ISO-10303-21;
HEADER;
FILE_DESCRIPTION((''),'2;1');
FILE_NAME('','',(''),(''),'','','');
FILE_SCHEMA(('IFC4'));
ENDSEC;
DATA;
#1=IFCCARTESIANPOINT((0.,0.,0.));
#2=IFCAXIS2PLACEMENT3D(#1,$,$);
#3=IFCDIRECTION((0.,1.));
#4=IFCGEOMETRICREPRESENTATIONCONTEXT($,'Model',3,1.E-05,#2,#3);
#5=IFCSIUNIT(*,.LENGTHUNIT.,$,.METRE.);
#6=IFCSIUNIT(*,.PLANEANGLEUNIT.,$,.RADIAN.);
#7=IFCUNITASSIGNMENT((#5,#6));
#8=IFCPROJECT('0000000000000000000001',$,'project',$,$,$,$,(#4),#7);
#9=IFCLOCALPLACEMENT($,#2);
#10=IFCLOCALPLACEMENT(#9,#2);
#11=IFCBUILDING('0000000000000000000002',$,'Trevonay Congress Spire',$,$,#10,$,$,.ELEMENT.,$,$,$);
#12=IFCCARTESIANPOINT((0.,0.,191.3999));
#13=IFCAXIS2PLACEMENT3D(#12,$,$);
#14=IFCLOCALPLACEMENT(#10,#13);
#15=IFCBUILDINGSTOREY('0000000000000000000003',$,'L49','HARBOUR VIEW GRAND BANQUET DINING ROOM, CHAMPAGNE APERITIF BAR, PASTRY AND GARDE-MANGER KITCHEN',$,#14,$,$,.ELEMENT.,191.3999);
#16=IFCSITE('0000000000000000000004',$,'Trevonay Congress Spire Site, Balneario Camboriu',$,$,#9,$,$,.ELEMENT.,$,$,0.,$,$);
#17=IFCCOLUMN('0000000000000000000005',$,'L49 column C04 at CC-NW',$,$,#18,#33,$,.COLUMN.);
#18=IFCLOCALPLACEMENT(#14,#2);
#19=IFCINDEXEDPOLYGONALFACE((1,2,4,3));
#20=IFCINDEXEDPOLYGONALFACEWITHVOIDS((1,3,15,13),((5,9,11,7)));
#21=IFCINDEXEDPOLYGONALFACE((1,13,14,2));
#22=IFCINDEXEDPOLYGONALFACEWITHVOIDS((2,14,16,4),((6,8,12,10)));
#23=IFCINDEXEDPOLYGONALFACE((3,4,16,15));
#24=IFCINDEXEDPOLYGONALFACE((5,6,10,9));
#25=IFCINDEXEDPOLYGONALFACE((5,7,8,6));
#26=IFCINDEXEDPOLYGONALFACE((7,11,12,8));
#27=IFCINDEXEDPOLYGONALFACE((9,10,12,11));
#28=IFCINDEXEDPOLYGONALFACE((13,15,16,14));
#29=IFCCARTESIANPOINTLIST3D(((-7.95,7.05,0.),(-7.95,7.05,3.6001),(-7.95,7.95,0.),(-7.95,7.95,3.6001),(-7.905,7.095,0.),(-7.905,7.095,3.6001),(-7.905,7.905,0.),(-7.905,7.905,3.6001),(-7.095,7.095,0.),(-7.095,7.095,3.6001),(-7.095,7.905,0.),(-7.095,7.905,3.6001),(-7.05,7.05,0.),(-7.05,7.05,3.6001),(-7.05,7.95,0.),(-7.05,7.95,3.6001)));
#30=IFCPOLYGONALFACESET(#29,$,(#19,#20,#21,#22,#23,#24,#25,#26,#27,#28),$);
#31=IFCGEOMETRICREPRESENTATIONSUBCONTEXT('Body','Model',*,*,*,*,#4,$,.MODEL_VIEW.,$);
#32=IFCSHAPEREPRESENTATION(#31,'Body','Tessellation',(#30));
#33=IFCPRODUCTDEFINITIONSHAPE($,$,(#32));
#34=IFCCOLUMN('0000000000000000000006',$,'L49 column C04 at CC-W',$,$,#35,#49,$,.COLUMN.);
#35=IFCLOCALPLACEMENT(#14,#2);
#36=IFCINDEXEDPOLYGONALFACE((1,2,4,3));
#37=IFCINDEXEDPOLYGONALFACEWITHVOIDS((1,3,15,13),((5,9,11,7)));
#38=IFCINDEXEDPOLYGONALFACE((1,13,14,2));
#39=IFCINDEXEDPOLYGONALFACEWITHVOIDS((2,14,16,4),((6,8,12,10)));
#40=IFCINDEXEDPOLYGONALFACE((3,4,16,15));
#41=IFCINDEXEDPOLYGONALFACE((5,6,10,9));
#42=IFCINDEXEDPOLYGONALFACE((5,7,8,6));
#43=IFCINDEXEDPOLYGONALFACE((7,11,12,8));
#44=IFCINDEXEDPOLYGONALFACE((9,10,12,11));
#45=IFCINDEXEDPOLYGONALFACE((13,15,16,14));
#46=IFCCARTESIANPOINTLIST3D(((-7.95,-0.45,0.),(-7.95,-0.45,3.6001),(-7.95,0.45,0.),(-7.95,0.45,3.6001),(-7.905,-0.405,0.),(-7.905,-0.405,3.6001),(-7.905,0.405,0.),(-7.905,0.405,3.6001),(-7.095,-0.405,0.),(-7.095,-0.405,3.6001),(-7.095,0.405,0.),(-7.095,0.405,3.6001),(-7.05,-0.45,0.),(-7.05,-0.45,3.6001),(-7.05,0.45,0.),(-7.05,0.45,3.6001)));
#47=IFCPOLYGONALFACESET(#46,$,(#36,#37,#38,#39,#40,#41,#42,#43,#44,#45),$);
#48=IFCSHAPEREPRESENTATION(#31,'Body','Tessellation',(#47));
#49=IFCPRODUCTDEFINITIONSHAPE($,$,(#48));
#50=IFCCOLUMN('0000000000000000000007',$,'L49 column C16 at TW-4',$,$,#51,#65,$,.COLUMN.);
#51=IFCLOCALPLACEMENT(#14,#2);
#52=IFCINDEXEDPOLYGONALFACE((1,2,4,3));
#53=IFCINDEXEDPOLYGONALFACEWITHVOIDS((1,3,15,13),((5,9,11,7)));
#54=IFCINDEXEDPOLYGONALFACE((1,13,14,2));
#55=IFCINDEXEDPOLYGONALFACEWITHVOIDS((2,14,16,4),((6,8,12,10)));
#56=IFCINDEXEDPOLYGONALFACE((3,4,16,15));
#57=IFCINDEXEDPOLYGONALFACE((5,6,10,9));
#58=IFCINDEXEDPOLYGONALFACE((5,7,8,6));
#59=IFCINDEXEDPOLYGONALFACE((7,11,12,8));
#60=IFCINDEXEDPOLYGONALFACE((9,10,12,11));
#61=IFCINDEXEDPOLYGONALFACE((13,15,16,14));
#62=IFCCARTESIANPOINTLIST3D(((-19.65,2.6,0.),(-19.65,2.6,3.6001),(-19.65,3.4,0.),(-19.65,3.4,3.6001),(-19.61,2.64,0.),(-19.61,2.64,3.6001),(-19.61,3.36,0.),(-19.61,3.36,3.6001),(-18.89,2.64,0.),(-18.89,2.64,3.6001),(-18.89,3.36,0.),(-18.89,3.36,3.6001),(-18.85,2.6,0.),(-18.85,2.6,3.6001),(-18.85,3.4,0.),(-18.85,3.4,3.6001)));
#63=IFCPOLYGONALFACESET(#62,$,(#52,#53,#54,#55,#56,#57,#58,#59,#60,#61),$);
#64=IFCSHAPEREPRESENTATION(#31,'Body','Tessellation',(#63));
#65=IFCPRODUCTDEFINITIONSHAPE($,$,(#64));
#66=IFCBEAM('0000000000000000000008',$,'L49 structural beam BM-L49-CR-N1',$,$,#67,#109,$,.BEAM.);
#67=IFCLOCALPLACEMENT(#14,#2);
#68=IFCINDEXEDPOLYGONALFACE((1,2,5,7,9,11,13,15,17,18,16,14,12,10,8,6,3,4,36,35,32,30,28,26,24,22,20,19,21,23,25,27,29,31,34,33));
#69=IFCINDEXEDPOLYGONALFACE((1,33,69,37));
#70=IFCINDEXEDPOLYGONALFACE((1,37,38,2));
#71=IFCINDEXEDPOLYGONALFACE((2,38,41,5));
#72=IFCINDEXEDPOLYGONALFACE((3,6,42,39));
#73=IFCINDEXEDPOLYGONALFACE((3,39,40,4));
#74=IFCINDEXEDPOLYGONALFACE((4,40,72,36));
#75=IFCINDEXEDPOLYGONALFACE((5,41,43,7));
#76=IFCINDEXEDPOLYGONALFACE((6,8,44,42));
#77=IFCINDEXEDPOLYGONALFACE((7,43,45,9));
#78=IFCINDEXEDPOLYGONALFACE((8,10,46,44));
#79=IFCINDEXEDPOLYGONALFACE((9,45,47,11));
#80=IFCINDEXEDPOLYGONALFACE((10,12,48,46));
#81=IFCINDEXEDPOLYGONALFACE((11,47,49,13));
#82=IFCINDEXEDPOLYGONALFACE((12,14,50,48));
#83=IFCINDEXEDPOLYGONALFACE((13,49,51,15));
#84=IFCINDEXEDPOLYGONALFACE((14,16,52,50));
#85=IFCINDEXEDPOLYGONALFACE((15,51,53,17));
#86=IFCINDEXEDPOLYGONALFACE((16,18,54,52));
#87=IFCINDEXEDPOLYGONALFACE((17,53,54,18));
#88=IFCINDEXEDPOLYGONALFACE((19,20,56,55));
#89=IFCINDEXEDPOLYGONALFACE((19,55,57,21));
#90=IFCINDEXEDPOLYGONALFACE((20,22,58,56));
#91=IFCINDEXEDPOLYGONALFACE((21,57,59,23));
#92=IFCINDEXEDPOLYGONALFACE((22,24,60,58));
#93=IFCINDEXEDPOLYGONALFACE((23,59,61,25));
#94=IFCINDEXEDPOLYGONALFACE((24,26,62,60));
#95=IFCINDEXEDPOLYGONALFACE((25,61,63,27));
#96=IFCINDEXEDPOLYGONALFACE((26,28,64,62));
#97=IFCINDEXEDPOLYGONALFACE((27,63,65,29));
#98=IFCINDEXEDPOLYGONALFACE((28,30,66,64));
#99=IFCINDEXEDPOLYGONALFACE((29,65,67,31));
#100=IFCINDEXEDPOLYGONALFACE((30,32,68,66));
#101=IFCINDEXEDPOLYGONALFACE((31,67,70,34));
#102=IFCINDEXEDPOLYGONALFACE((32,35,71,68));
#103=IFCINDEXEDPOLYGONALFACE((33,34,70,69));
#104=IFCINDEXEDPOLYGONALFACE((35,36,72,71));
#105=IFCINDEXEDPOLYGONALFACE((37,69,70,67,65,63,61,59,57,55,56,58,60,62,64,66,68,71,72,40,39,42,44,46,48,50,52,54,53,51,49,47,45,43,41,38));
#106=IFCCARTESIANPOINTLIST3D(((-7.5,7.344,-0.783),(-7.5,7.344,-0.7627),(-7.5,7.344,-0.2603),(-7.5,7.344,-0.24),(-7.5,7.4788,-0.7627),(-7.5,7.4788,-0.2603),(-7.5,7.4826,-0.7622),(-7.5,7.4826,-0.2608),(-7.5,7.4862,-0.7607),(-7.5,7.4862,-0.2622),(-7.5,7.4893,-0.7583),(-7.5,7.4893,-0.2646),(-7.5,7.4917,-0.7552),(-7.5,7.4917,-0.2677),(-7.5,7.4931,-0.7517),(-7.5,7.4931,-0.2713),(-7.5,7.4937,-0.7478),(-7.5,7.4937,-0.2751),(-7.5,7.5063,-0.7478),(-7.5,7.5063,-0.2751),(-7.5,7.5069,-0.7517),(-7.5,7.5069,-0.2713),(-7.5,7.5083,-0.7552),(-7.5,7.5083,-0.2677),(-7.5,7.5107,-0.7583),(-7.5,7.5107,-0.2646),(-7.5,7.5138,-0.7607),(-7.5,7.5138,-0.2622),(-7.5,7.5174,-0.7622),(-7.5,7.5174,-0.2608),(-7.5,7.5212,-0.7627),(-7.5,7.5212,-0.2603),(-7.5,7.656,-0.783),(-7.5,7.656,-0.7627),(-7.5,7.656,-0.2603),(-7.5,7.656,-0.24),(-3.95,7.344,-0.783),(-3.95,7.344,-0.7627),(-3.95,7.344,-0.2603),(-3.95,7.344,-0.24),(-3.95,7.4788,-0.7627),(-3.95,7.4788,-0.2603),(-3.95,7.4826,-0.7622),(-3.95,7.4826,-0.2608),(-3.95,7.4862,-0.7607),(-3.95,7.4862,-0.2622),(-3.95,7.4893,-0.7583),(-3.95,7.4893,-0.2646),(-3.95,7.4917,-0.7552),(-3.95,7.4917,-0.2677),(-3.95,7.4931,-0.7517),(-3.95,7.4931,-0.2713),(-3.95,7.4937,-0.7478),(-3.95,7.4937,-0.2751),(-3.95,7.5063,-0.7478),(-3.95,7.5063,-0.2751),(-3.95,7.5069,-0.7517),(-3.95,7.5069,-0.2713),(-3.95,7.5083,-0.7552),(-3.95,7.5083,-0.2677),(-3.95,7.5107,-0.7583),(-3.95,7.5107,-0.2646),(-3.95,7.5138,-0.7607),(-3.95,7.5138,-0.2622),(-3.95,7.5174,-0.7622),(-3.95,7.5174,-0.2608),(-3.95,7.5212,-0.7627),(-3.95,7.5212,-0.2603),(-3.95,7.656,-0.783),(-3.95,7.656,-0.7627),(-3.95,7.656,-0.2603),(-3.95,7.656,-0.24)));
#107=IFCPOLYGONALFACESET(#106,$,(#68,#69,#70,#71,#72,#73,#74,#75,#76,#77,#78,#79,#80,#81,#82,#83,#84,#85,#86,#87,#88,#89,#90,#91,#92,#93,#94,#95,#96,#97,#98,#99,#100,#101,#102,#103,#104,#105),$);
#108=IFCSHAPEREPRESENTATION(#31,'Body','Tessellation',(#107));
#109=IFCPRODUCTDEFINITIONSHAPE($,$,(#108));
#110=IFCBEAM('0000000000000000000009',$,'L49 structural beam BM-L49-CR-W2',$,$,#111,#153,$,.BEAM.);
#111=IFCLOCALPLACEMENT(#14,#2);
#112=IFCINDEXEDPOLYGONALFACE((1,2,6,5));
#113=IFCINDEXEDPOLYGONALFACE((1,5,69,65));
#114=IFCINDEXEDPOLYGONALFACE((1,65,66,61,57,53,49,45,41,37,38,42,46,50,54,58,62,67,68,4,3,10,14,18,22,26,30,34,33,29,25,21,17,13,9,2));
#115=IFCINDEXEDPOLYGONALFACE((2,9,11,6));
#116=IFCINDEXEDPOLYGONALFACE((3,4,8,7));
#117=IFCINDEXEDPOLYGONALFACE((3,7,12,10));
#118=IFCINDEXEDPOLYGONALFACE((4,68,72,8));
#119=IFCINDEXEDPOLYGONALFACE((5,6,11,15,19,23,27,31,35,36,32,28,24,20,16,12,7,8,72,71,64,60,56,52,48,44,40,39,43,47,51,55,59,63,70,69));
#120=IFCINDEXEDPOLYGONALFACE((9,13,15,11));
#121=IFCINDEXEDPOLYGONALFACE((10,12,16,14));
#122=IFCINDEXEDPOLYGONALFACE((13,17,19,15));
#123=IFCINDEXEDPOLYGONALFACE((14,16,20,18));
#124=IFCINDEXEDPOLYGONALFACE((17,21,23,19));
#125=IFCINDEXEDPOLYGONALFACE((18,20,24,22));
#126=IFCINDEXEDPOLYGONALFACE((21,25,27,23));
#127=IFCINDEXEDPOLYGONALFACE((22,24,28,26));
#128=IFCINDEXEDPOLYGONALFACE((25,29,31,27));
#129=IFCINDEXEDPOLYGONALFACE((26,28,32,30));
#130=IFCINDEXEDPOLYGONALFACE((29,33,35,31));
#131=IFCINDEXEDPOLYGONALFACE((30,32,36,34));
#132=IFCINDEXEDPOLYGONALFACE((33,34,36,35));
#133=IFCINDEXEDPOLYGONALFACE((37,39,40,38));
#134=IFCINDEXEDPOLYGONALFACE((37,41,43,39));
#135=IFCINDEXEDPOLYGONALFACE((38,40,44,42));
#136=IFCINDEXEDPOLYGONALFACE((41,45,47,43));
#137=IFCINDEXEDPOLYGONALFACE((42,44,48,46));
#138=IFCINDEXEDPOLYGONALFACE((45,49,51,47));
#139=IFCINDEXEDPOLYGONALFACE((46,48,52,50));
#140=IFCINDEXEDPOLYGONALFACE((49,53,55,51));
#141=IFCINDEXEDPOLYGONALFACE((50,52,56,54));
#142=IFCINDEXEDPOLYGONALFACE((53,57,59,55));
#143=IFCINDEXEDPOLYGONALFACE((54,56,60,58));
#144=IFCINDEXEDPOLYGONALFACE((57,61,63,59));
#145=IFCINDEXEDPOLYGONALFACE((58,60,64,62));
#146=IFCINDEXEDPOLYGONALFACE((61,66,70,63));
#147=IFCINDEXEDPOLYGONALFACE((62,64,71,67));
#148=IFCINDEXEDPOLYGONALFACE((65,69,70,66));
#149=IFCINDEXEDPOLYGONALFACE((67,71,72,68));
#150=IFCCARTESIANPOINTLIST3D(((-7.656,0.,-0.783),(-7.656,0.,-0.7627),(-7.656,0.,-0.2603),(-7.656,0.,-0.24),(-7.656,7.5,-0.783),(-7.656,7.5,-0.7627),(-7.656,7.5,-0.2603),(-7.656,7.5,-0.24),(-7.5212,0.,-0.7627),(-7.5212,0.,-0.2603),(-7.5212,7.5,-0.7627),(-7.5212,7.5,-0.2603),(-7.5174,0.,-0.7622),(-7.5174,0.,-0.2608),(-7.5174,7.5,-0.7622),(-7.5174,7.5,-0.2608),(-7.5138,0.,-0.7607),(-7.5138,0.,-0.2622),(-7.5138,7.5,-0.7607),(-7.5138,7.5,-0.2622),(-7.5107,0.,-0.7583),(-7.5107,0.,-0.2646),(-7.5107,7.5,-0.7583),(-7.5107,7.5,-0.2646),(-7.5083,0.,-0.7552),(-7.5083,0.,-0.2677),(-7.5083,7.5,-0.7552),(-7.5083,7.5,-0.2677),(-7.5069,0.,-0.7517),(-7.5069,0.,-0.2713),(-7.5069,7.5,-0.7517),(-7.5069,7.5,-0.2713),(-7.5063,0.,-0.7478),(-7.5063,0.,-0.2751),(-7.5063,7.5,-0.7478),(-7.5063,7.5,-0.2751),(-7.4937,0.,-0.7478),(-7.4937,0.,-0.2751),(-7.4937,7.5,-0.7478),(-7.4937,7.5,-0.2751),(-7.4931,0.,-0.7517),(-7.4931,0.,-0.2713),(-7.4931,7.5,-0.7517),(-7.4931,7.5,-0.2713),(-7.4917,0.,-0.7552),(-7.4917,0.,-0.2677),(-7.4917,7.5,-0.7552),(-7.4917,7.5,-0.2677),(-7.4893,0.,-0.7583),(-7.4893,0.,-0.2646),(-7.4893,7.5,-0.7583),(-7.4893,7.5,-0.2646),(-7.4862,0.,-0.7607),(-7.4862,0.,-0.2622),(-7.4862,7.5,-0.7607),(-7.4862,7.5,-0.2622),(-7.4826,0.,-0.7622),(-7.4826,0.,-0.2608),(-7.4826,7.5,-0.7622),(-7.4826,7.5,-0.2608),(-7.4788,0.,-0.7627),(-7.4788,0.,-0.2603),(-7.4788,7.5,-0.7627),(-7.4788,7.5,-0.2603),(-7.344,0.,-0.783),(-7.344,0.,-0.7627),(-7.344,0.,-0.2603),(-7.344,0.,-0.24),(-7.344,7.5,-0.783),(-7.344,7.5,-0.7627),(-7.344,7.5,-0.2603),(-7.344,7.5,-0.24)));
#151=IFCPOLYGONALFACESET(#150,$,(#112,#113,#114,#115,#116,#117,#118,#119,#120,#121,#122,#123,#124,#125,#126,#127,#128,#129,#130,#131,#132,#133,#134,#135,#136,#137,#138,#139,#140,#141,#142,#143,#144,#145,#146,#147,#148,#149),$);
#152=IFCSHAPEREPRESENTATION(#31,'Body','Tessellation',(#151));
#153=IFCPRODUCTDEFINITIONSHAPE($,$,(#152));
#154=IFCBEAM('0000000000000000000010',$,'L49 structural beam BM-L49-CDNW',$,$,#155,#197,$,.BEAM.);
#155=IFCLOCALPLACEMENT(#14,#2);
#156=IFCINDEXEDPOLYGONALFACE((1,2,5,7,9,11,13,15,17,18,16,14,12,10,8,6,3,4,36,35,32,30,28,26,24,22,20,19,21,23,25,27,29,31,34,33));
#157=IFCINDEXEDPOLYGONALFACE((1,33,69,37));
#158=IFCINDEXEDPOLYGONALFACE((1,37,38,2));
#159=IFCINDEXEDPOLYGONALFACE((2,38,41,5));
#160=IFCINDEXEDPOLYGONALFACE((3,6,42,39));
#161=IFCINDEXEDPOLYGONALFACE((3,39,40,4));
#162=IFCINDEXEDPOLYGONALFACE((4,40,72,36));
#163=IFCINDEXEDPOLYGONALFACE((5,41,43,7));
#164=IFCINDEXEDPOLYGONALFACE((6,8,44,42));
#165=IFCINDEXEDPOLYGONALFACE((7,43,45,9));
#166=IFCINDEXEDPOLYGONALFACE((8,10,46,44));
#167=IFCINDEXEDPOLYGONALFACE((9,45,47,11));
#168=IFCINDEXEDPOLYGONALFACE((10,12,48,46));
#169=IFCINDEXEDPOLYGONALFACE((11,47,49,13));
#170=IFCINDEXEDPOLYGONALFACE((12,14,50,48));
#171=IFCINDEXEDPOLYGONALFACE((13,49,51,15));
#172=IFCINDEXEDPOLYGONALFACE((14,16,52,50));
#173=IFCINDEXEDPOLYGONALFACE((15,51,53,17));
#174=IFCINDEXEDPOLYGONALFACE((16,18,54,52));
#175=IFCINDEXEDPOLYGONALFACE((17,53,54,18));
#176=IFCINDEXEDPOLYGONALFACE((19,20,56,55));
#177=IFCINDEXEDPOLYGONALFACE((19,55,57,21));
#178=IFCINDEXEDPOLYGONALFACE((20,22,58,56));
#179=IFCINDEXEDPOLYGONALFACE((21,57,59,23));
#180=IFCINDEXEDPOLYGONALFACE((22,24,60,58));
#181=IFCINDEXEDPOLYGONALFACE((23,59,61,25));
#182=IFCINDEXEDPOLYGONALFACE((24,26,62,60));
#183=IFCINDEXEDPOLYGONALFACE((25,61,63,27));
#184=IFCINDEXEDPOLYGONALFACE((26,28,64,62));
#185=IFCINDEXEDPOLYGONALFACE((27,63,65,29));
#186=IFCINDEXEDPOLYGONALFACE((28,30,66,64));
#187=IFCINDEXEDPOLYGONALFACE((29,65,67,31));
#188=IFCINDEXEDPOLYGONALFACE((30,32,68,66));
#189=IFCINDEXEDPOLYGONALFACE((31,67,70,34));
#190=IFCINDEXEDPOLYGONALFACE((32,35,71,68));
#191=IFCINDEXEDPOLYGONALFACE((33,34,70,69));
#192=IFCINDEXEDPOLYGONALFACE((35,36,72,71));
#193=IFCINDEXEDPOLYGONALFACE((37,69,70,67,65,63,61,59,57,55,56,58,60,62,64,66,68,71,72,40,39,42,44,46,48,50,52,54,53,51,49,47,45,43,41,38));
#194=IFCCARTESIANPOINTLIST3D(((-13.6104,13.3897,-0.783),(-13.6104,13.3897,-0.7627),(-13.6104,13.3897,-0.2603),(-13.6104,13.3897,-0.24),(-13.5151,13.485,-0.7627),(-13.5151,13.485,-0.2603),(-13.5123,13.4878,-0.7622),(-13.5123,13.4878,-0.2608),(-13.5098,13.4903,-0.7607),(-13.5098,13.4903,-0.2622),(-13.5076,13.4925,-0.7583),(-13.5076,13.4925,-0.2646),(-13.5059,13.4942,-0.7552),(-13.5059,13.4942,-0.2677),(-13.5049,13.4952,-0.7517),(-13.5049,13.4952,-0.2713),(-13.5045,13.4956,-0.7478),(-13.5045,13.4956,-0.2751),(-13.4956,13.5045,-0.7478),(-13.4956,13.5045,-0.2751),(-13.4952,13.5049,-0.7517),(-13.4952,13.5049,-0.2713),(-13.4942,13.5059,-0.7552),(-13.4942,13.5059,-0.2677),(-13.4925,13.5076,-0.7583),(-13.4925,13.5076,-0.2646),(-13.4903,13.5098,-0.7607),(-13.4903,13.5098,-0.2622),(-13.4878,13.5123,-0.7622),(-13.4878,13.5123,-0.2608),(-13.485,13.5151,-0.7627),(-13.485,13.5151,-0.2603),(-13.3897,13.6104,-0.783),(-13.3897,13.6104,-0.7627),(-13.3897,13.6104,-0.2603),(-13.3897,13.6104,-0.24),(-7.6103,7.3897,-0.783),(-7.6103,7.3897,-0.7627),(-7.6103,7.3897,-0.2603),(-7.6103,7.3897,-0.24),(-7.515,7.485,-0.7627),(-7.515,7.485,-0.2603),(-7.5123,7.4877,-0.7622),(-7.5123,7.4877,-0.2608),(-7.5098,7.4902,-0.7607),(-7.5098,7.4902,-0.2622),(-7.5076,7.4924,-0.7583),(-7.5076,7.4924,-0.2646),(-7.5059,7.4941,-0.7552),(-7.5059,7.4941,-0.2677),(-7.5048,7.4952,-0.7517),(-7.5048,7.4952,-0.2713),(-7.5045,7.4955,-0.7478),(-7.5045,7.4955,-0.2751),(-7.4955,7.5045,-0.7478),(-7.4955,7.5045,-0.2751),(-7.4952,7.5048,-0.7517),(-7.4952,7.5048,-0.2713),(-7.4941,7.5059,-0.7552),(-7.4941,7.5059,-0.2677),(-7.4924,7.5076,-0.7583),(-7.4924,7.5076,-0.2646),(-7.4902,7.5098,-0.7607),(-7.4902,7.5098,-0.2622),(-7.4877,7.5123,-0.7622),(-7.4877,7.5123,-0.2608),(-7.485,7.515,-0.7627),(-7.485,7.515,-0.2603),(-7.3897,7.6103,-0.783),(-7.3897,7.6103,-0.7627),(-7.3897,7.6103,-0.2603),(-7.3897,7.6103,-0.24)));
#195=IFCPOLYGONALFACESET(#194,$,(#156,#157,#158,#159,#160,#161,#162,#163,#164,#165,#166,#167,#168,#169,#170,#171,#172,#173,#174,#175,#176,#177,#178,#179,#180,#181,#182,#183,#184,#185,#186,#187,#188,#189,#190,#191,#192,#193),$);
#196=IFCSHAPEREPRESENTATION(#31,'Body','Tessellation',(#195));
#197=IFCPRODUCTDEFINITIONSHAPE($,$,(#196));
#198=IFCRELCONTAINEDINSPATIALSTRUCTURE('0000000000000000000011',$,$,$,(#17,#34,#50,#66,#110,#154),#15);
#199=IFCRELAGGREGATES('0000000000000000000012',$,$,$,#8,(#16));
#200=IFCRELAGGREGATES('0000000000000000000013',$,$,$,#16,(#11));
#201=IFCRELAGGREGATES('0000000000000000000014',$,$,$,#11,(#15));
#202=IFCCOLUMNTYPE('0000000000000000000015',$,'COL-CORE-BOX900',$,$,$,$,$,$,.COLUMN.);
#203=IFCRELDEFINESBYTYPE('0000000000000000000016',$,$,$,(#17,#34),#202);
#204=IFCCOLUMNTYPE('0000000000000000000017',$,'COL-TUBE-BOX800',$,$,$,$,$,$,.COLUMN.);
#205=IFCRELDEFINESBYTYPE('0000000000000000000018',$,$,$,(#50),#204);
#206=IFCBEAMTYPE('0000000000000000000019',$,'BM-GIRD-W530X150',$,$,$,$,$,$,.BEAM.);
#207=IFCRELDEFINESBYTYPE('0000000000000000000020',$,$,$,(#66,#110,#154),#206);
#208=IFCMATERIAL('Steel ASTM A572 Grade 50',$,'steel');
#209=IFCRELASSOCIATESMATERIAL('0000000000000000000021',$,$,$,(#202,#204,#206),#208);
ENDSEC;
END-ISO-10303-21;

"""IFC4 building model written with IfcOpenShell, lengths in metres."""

from ifc_helpers import new_model, si_unit, direction, frame, origin, origin_2d, place, context, subcontext, project, spatial, hollow_rectangle, i_section, extrude, material, material_profile, profile_set, type_object, element, save


model = new_model("IFC4")

# Units and contexts
model_context = context("Model", 3, precision=1e-05, world=origin(), true_north=direction((0.0, 1.0)))
body_context = subcontext(model_context, "Body", "Model", "MODEL_VIEW")
ifc_project = project(units=[si_unit("LENGTHUNIT", "METRE"), si_unit("PLANEANGLEUNIT", "RADIAN")], contexts=[model_context])

# Site, building, storey
site_placement = place(None, origin())
site = spatial("IfcSite", under=ifc_project, at=site_placement, Name="Trevonay Congress Spire Site, Balneario Camboriu", CompositionType="ELEMENT", RefElevation=0.0)
building_placement = place(site_placement, origin())
building = spatial("IfcBuilding", under=site, at=building_placement, Name="Trevonay Congress Spire", CompositionType="ELEMENT")
storey_placement = place(building_placement, frame((0.0, 0.0, 191.3999)))
storey = spatial("IfcBuildingStorey", under=building, at=storey_placement, Name="L49", Description="HARBOUR VIEW GRAND BANQUET DINING ROOM, CHAMPAGNE APERITIF BAR, PASTRY AND GARDE-MANGER KITCHEN", CompositionType="ELEMENT", Elevation=191.3999)

# Columns
ifc_material_1 = material(Name="Steel ASTM A572 Grade 50", Category="steel")
ifc_material_profile_1 = material_profile(ifc_material_1, hollow_rectangle(XDim=0.8999, YDim=0.8999, WallThickness=0.0449, at=origin_2d()), Name="BOX 900x900x45")
ifc_profile_set_1 = profile_set([ifc_material_profile_1], Name="Steel ASTM A572 Grade 50")
column_type_1 = type_object("IfcColumnType", Name="COL-CORE-BOX900", PredefinedType="COLUMN", material=ifc_profile_set_1)
for number, where, z_axis, x_axis, name in (
    (1, (-7.5, 7.5, 0.0), (0.0, 0.0, 1.0), (1.0, 0.0, 0.0), "L49 column C04 at CC-NW"),
    (2, (-7.5, 0.0, 0.0), (0.0, 0.0, 1.0), (1.0, 0.0, 0.0), "L49 column C04 at CC-W"),
):
    element("IfcColumn", number, at=place(storey_placement, frame(where, z_axis=z_axis, x_axis=x_axis)), inside=storey, type_object=column_type_1, Name=name, PredefinedType="COLUMN", context=body_context, shape_type="SweptSolid", body=[
        extrude(hollow_rectangle(XDim=0.8999, YDim=0.8999, WallThickness=0.0449, at=origin_2d()), origin(), (0.0, 0.0, 1.0), 3.6001),
    ])
ifc_material_profile_2 = material_profile(ifc_material_1, hollow_rectangle(XDim=0.8, YDim=0.8, WallThickness=0.04, at=origin_2d()), Name="BOX 800x800x40")
ifc_profile_set_2 = profile_set([ifc_material_profile_2], Name="Steel ASTM A572 Grade 50")
column_type_2 = type_object("IfcColumnType", Name="COL-TUBE-BOX800", PredefinedType="COLUMN", material=ifc_profile_set_2)
column_placement = place(storey_placement, frame((-19.25, 3.0, 0.0), z_axis=(0.0, 0.0, 1.0), x_axis=(1.0, 0.0, 0.0)))
element("IfcColumn", 3, at=column_placement, inside=storey, type_object=column_type_2, Name="L49 column C16 at TW-4", PredefinedType="COLUMN", context=body_context, shape_type="SweptSolid", body=[
    extrude(hollow_rectangle(XDim=0.8, YDim=0.8, WallThickness=0.04, at=origin_2d()), origin(), (0.0, 0.0, 1.0), 3.6001),
])

# Beams
ifc_material_profile_3 = material_profile(ifc_material_1, i_section(OverallWidth=0.312, OverallDepth=0.543, WebThickness=0.0127, FlangeThickness=0.0203, FilletRadius=0.0149, at=origin_2d()), Name="W530x150")
ifc_profile_set_3 = profile_set([ifc_material_profile_3], Name="Steel ASTM A572 Grade 50")
beam_type_1 = type_object("IfcBeamType", Name="BM-GIRD-W530X150", PredefinedType="BEAM", material=ifc_profile_set_3)
beam_1_placement = place(storey_placement, frame((-7.5, 7.5, -0.5115), z_axis=(1.0, 0.0, 0.0), x_axis=(0.0, 1.0, 0.0)))
element("IfcBeam", 4, at=beam_1_placement, inside=storey, type_object=beam_type_1, Name="L49 structural beam BM-L49-CR-N1", PredefinedType="BEAM", context=body_context, shape_type="SweptSolid", body=[
    extrude(i_section(OverallWidth=0.312, OverallDepth=0.543, WebThickness=0.0127, FlangeThickness=0.0203, FilletRadius=0.0149, at=origin_2d()), origin(), (0.0, 0.0, 1.0), 3.55),
])
beam_2_placement = place(storey_placement, frame((-7.5, 0.0, -0.5115), z_axis=(0.0, 1.0, 0.0), x_axis=(-1.0, 0.0, 0.0)))
element("IfcBeam", 5, at=beam_2_placement, inside=storey, type_object=beam_type_1, Name="L49 structural beam BM-L49-CR-W2", PredefinedType="BEAM", context=body_context, shape_type="SweptSolid", body=[
    extrude(i_section(OverallWidth=0.312, OverallDepth=0.543, WebThickness=0.0127, FlangeThickness=0.0203, FilletRadius=0.0149, at=origin_2d()), origin(), (0.0, 0.0, 1.0), 7.5),
])
beam_3_placement = place(storey_placement, frame((-7.5, 7.5, -0.5115), z_axis=(-0.707107, 0.707107, 0.0), x_axis=(-0.707107, -0.707107, 0.0)))
element("IfcBeam", 6, at=beam_3_placement, inside=storey, type_object=beam_type_1, Name="L49 structural beam BM-L49-CDNW", PredefinedType="BEAM", context=body_context, shape_type="SweptSolid", body=[
    extrude(i_section(OverallWidth=0.312, OverallDepth=0.543, WebThickness=0.0127, FlangeThickness=0.0203, FilletRadius=0.0149, at=origin_2d()), origin(), (0.0, 0.0, 1.0), 8.4854),
])

save(model, "model.ifc")
